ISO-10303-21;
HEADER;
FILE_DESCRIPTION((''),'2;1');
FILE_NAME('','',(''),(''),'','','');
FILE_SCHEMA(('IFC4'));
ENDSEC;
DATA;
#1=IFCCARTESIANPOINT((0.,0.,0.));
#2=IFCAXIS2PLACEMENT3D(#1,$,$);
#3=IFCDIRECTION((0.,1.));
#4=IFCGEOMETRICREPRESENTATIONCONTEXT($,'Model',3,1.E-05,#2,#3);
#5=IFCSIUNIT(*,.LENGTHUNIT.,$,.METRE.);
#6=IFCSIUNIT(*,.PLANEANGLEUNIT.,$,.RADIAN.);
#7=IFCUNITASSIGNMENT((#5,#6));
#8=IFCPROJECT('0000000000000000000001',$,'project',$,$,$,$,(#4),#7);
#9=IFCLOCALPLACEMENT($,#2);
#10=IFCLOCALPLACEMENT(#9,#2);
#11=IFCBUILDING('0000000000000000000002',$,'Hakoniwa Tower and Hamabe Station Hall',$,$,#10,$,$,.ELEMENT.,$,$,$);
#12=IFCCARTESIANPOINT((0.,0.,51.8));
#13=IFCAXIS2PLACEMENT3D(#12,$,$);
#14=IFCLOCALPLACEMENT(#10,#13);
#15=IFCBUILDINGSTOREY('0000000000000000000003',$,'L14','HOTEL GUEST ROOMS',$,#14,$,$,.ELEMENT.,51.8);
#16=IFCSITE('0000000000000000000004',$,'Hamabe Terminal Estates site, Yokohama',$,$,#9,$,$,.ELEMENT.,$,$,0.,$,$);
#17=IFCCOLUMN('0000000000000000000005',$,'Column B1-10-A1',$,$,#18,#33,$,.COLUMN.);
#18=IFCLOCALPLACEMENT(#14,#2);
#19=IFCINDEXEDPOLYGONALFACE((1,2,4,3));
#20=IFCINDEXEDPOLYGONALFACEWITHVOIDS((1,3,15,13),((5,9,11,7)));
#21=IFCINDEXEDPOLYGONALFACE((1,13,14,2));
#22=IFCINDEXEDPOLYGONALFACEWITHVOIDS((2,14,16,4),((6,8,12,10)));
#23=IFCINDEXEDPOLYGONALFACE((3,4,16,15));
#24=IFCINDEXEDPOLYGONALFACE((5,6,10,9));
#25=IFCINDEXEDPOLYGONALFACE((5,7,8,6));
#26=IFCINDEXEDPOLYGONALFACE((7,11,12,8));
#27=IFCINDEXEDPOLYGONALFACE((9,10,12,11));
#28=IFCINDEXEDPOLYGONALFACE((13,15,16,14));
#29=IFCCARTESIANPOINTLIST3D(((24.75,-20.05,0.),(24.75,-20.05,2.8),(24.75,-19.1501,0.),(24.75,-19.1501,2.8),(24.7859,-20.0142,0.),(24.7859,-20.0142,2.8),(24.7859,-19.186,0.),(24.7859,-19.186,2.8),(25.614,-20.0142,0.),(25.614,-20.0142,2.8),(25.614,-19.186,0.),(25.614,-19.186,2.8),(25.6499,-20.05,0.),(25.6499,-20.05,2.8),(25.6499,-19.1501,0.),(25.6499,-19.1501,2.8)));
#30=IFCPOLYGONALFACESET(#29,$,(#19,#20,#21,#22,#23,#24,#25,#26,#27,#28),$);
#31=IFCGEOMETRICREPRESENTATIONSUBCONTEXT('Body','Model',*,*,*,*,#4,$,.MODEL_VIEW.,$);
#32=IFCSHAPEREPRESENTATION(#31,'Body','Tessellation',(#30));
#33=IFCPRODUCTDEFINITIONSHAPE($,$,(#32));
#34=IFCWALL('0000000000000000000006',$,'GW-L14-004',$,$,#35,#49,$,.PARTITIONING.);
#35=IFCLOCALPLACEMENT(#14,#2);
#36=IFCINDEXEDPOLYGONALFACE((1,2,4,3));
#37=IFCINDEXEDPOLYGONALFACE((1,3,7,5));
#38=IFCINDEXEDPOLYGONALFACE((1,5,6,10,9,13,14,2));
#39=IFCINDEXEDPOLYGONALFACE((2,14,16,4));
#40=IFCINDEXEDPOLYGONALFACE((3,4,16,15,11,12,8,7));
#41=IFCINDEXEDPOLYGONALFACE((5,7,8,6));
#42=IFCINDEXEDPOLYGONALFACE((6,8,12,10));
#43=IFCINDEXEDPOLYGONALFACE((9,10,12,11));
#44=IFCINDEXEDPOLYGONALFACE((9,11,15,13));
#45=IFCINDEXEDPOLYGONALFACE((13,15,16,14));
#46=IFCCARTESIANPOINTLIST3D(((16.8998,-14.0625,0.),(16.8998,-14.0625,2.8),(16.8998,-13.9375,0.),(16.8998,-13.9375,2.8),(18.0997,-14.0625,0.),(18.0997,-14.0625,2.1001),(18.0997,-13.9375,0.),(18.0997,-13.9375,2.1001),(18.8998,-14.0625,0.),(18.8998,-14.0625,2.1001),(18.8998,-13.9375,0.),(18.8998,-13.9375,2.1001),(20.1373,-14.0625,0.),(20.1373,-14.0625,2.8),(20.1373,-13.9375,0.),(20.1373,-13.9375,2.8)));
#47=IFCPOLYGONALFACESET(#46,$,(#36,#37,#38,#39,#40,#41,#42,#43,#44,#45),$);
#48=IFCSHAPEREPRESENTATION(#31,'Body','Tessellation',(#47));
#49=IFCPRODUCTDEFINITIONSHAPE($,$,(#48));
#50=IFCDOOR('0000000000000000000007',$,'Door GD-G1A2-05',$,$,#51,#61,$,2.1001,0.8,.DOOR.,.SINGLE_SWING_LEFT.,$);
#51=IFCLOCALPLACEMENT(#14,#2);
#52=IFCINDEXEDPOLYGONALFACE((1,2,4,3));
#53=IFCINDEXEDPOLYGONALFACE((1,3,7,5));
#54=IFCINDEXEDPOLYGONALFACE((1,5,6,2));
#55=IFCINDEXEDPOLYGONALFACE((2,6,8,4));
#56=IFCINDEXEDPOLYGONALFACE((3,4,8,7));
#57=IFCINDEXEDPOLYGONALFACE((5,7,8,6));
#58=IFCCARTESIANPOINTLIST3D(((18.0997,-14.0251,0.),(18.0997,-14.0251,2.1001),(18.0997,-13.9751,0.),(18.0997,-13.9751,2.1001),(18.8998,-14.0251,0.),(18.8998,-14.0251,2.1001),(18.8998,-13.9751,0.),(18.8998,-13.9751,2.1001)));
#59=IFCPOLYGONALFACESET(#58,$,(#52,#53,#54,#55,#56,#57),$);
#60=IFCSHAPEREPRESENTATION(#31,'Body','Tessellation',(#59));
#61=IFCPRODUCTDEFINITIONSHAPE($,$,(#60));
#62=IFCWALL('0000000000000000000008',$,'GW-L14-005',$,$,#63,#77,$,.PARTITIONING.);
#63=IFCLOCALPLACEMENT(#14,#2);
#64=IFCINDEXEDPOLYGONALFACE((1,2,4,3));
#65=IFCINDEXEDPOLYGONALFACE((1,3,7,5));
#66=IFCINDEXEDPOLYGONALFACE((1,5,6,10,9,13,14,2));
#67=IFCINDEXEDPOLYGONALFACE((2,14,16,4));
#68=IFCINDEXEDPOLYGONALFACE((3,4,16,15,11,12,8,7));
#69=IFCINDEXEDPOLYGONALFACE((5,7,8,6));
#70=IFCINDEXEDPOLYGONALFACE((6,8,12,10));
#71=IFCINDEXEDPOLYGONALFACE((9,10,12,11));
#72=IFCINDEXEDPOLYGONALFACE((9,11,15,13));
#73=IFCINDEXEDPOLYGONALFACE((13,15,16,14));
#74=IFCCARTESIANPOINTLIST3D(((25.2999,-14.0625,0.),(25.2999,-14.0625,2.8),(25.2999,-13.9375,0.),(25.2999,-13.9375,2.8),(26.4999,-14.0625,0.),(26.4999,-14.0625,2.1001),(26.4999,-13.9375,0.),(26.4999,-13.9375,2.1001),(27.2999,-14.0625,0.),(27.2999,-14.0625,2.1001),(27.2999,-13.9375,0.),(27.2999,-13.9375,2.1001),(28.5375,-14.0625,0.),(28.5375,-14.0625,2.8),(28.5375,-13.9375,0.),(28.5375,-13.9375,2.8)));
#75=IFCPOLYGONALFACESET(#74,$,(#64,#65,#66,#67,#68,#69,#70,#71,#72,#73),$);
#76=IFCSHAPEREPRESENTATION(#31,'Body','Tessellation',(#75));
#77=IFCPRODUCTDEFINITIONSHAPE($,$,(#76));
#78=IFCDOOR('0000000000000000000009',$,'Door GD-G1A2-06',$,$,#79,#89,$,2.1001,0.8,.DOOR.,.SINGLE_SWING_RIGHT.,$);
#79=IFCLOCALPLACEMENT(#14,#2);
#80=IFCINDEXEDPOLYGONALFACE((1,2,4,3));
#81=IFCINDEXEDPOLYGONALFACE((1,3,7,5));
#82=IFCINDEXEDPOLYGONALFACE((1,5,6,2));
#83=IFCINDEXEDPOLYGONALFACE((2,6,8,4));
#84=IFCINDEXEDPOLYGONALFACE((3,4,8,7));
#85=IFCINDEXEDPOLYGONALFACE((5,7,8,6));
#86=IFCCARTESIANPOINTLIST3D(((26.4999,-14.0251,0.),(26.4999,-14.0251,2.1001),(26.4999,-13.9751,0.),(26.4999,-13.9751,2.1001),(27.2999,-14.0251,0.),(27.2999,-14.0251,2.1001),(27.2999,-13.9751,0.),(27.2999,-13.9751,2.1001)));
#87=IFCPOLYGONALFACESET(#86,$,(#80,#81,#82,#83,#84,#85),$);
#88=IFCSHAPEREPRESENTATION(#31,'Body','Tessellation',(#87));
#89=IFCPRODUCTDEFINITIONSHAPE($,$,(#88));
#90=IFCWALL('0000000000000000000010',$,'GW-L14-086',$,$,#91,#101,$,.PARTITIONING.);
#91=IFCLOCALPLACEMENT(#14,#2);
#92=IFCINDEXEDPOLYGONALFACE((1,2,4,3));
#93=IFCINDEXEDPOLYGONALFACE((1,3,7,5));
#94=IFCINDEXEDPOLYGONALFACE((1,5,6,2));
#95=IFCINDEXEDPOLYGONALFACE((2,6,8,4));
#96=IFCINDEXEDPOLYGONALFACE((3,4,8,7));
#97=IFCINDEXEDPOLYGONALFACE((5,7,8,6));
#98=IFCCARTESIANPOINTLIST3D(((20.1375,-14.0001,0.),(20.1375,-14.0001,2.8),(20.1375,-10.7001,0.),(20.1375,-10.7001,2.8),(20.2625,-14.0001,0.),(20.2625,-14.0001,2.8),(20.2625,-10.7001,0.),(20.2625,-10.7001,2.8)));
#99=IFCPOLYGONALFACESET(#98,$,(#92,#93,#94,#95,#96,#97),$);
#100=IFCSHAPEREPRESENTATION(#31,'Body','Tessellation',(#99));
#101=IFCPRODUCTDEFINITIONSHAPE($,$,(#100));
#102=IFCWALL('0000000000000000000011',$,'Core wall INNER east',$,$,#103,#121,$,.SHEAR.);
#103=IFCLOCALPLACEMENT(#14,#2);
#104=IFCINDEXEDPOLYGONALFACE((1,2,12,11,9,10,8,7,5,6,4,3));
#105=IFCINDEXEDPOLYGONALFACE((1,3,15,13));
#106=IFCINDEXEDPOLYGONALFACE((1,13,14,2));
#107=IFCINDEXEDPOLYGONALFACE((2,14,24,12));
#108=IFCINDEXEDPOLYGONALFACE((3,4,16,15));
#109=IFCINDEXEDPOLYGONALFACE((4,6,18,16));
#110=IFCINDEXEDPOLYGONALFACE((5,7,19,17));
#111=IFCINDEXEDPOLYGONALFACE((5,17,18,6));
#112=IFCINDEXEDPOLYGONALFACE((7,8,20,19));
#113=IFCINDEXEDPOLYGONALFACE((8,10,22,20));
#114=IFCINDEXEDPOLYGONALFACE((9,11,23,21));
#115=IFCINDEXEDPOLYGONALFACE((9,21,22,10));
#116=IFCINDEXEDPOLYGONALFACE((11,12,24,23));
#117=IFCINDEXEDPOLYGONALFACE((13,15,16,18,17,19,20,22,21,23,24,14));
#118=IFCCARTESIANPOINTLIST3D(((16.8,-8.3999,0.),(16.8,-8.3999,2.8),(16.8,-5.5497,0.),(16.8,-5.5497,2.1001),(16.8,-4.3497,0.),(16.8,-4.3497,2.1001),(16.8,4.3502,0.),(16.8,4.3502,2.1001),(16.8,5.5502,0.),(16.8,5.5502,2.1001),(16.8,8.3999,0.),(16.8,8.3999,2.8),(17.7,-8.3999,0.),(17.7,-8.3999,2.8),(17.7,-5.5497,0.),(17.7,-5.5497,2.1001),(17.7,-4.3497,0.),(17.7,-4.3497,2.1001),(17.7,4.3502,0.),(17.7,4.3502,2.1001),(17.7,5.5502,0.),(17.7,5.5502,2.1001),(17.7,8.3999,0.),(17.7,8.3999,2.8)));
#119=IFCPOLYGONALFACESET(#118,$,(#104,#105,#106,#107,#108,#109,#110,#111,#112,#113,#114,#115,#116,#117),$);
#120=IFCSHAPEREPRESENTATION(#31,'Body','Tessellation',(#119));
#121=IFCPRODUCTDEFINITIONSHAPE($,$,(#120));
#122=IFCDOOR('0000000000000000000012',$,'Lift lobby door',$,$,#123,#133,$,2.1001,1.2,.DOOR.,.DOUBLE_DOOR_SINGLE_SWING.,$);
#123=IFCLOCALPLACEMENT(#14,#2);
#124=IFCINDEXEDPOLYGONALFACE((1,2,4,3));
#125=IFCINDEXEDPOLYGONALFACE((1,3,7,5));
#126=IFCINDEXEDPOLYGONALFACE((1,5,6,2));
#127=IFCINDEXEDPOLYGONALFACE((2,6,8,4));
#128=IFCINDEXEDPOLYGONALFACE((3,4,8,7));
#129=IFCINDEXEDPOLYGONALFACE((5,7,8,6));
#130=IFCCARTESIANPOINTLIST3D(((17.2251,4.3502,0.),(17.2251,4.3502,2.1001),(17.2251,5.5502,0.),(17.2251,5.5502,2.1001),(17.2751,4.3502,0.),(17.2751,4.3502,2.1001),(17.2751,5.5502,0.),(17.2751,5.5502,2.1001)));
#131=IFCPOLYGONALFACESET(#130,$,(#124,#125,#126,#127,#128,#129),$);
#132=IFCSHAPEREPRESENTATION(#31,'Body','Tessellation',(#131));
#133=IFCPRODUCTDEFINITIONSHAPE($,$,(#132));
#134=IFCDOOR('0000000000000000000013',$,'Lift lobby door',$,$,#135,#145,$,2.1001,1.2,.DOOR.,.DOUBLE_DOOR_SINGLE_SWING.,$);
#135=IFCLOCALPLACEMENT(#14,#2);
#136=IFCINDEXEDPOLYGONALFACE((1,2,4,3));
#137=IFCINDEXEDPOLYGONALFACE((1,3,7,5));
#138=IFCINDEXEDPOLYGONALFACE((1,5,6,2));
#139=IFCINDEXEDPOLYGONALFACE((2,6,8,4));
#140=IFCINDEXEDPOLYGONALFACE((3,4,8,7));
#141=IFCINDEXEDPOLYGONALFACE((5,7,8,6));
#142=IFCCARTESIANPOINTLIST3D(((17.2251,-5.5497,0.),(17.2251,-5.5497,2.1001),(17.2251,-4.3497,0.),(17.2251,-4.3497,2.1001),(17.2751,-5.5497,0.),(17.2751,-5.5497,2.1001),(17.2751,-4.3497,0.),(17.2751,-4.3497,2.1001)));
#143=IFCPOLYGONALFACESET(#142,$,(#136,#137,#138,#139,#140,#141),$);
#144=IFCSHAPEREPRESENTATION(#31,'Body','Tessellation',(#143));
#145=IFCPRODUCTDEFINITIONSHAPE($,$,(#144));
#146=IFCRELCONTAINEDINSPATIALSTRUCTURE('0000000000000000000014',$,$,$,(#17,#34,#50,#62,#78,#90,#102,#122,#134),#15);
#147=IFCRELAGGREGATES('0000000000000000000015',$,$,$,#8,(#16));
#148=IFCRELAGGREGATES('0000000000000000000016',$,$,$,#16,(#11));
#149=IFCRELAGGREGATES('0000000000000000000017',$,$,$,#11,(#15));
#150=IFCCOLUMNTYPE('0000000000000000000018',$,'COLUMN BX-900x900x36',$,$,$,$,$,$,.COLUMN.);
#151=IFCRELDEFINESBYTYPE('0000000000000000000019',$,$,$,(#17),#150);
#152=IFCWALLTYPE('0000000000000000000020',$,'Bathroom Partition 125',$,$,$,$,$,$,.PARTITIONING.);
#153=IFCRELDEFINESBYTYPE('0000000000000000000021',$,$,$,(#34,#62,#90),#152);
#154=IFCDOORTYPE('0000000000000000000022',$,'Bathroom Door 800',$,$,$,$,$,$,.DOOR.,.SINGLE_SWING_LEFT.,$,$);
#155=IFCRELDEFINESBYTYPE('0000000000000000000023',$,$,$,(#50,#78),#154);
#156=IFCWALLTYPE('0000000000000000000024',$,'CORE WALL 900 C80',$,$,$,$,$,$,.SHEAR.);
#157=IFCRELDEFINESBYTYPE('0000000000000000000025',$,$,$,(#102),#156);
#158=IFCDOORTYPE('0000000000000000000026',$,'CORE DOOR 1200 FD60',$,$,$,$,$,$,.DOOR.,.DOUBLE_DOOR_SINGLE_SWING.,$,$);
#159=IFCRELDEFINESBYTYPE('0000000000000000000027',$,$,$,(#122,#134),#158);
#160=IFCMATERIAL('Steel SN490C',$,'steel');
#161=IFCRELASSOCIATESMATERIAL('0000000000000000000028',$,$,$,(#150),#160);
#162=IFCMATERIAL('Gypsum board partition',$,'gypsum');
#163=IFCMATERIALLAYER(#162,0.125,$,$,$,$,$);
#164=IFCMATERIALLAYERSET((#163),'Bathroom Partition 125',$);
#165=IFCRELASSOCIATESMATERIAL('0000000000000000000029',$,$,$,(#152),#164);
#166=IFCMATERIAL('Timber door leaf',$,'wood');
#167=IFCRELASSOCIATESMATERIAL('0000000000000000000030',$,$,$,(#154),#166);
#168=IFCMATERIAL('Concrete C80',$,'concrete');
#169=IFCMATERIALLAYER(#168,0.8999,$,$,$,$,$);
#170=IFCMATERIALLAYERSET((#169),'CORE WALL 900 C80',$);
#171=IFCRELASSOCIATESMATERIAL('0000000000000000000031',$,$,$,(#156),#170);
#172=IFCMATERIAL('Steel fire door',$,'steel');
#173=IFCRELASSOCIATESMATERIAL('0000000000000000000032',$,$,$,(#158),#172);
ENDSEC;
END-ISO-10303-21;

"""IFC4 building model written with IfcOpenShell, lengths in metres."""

from ifc_helpers import new_model, si_unit, direction, frame, frame_2d, origin, origin_2d, place, context, subcontext, project, spatial, rectangle, hollow_rectangle, extrude, material, layer, layer_set, material_profile, profile_set, type_object, element, fill, save


model = new_model("IFC4")

# Units and contexts
model_context = context("Model", 3, precision=1e-05, world=origin(), true_north=direction((0.0, 1.0)))
body_context = subcontext(model_context, "Body", "Model", "MODEL_VIEW")
ifc_project = project(units=[si_unit("LENGTHUNIT", "METRE"), si_unit("PLANEANGLEUNIT", "RADIAN")], contexts=[model_context])

# Site, building, storey
site_placement = place(None, origin())
site = spatial("IfcSite", under=ifc_project, at=site_placement, Name="Hamabe Terminal Estates site, Yokohama", CompositionType="ELEMENT", RefElevation=0.0)
building_placement = place(site_placement, origin())
building = spatial("IfcBuilding", under=site, at=building_placement, Name="Hakoniwa Tower and Hamabe Station Hall", CompositionType="ELEMENT")
storey_placement = place(building_placement, frame((0.0, 0.0, 51.8)))
storey = spatial("IfcBuildingStorey", under=building, at=storey_placement, Name="L14", Description="HOTEL GUEST ROOMS", CompositionType="ELEMENT", Elevation=51.8)

# Column
ifc_material_1 = material(Name="Steel SN490C", Category="steel")
ifc_material_profile = material_profile(ifc_material_1, hollow_rectangle(XDim=0.8999, YDim=0.8999, WallThickness=0.0359, at=origin_2d()), Name="BX-900x900x36")
ifc_profile_set = profile_set([ifc_material_profile], Name="Steel SN490C")
column_type = type_object("IfcColumnType", Name="COLUMN BX-900x900x36", PredefinedType="COLUMN", material=ifc_profile_set)
column_placement = place(storey_placement, frame((25.2, -19.6001, 0.0), z_axis=(0.0, 0.0, 1.0), x_axis=(1.0, 0.0, 0.0)))
element("IfcColumn", 1, at=column_placement, inside=storey, type_object=column_type, Name="Column B1-10-A1", PredefinedType="COLUMN", context=body_context, shape_type="SweptSolid", body=[
    extrude(hollow_rectangle(XDim=0.8999, YDim=0.8999, WallThickness=0.0359, at=origin_2d()), origin(), (0.0, 0.0, 1.0), 2.8),
])

# Walls, openings, doors
ifc_material_2 = material(Name="Gypsum board partition", Category="gypsum")
ifc_layer_1 = layer(ifc_material_2, 0.125)
ifc_layer_set_1 = layer_set([ifc_layer_1], Name="Bathroom Partition 125")
wall_type_1 = type_object("IfcWallType", Name="Bathroom Partition 125", PredefinedType="PARTITIONING", material=ifc_layer_set_1)
wall_1_placement = place(storey_placement, frame((16.8999, -14.0, 0.0), z_axis=(0.0, 0.0, 1.0), x_axis=(1.0, 0.0, 0.0)))
wall_1 = element("IfcWall", 2, at=wall_1_placement, inside=storey, type_object=wall_type_1, Name="GW-L14-004", PredefinedType="PARTITIONING", context=body_context, shape_type="SweptSolid", body=[
    extrude(rectangle(XDim=3.2375, YDim=0.125, at=frame_2d((1.6187, 0.0))), origin(), (0.0, 0.0, 1.0), 2.8),
])
opening_1_placement = place(wall_1_placement, frame((1.2, 0.0, 0.0)))
opening_1 = element("IfcOpeningElement", 3, at=opening_1_placement, cuts=wall_1, PredefinedType="OPENING", context=body_context, shape_type="SweptSolid", body=[
    extrude(rectangle(XDim=0.8, YDim=2.1001, at=frame_2d((0.3999, 1.05))), frame((0.0, 0.0725, 0.0), z_axis=(0.0, -1.0, 0.0), x_axis=(1.0, 0.0, 0.0)), (0.0, 0.0, 1.0), 0.145),
])
ifc_material_3 = material(Name="Timber door leaf", Category="wood")
door_type_1 = type_object("IfcDoorType", Name="Bathroom Door 800", OperationType="SINGLE_SWING_LEFT", PredefinedType="DOOR", material=ifc_material_3)
door_1_placement = place(opening_1_placement, origin())
door_1 = element("IfcDoor", 4, at=door_1_placement, inside=storey, type_object=door_type_1, Name="Door GD-G1A2-05", OperationType="SINGLE_SWING_LEFT", OverallHeight=2.1001, OverallWidth=0.8, PredefinedType="DOOR", context=body_context, shape_type="SweptSolid", body=[
    extrude(rectangle(XDim=0.8, YDim=2.1001, at=frame_2d((0.3999, 1.05))), frame((0.0, 0.0249, 0.0), z_axis=(0.0, -1.0, 0.0), x_axis=(1.0, 0.0, 0.0)), (0.0, 0.0, 1.0), 0.05),
])
fill(opening_1, door_1)
wall_2_placement = place(storey_placement, frame((25.3, -14.0, 0.0), z_axis=(0.0, 0.0, 1.0), x_axis=(1.0, 0.0, 0.0)))
wall_2 = element("IfcWall", 5, at=wall_2_placement, inside=storey, type_object=wall_type_1, Name="GW-L14-005", PredefinedType="PARTITIONING", context=body_context, shape_type="SweptSolid", body=[
    extrude(rectangle(XDim=3.2375, YDim=0.125, at=frame_2d((1.6187, 0.0))), origin(), (0.0, 0.0, 1.0), 2.8),
])
opening_2_placement = place(wall_2_placement, frame((1.2, 0.0, 0.0)))
opening_2 = element("IfcOpeningElement", 6, at=opening_2_placement, cuts=wall_2, PredefinedType="OPENING", context=body_context, shape_type="SweptSolid", body=[
    extrude(rectangle(XDim=0.8, YDim=2.1001, at=frame_2d((0.3999, 1.05))), frame((0.0, 0.0725, 0.0), z_axis=(0.0, -1.0, 0.0), x_axis=(1.0, 0.0, 0.0)), (0.0, 0.0, 1.0), 0.145),
])
door_2_placement = place(opening_2_placement, origin())
door_2 = element("IfcDoor", 7, at=door_2_placement, inside=storey, type_object=door_type_1, Name="Door GD-G1A2-06", OperationType="SINGLE_SWING_RIGHT", OverallHeight=2.1001, OverallWidth=0.8, PredefinedType="DOOR", context=body_context, shape_type="SweptSolid", body=[
    extrude(rectangle(XDim=0.8, YDim=2.1001, at=frame_2d((0.3999, 1.05))), frame((0.0, 0.0249, 0.0), z_axis=(0.0, -1.0, 0.0), x_axis=(1.0, 0.0, 0.0)), (0.0, 0.0, 1.0), 0.05),
])
fill(opening_2, door_2)

# Wall
wall_3_placement = place(storey_placement, frame((20.2, -14.0, 0.0), z_axis=(0.0, 0.0, 1.0), x_axis=(0.0, 1.0, 0.0)))
element("IfcWall", 8, at=wall_3_placement, inside=storey, type_object=wall_type_1, Name="GW-L14-086", PredefinedType="PARTITIONING", context=body_context, shape_type="SweptSolid", body=[
    extrude(rectangle(XDim=3.3, YDim=0.125, at=frame_2d((1.6499, 0.0))), origin(), (0.0, 0.0, 1.0), 2.8),
])

# Wall, openings, doors
ifc_material_4 = material(Name="Concrete C80", Category="concrete")
ifc_layer_2 = layer(ifc_material_4, 0.8999)
ifc_layer_set_2 = layer_set([ifc_layer_2], Name="CORE WALL 900 C80")
wall_type_2 = type_object("IfcWallType", Name="CORE WALL 900 C80", PredefinedType="SHEAR", material=ifc_layer_set_2)
wall_4_placement = place(storey_placement, frame((17.25, -8.3999, 0.0), z_axis=(0.0, 0.0, 1.0), x_axis=(0.0, 1.0, 0.0)))
wall_4 = element("IfcWall", 9, at=wall_4_placement, inside=storey, type_object=wall_type_2, Name="Core wall INNER east", PredefinedType="SHEAR", context=body_context, shape_type="SweptSolid", body=[
    extrude(rectangle(XDim=16.7998, YDim=0.8999, at=frame_2d((8.3999, 0.0))), origin(), (0.0, 0.0, 1.0), 2.8),
])
opening_3_placement = place(wall_4_placement, frame((12.75, 0.0, 0.0)))
opening_3 = element("IfcOpeningElement", 10, at=opening_3_placement, cuts=wall_4, PredefinedType="OPENING", context=body_context, shape_type="SweptSolid", body=[
    extrude(rectangle(XDim=1.2, YDim=2.1001, at=frame_2d((0.6001, 1.05))), frame((0.0, 0.46, 0.0), z_axis=(0.0, -1.0, 0.0), x_axis=(1.0, 0.0, 0.0)), (0.0, 0.0, 1.0), 0.9199),
])
opening_4_placement = place(wall_4_placement, frame((2.8501, 0.0, 0.0)))
opening_4 = element("IfcOpeningElement", 11, at=opening_4_placement, cuts=wall_4, PredefinedType="OPENING", context=body_context, shape_type="SweptSolid", body=[
    extrude(rectangle(XDim=1.2, YDim=2.1001, at=frame_2d((0.6001, 1.05))), frame((0.0, 0.46, 0.0), z_axis=(0.0, -1.0, 0.0), x_axis=(1.0, 0.0, 0.0)), (0.0, 0.0, 1.0), 0.9199),
])
ifc_material_5 = material(Name="Steel fire door", Category="steel")
door_type_2 = type_object("IfcDoorType", Name="CORE DOOR 1200 FD60", OperationType="DOUBLE_DOOR_SINGLE_SWING", PredefinedType="DOOR", material=ifc_material_5)
door_3_placement = place(opening_3_placement, origin())
door_3 = element("IfcDoor", 12, at=door_3_placement, inside=storey, type_object=door_type_2, Name="Lift lobby door", OperationType="DOUBLE_DOOR_SINGLE_SWING", OverallHeight=2.1001, OverallWidth=1.2, PredefinedType="DOOR", context=body_context, shape_type="SweptSolid", body=[
    extrude(rectangle(XDim=1.2, YDim=2.1001, at=frame_2d((0.6001, 1.05))), frame((0.0, 0.0249, 0.0), z_axis=(0.0, -1.0, 0.0), x_axis=(1.0, 0.0, 0.0)), (0.0, 0.0, 1.0), 0.05),
])
fill(opening_3, door_3)
door_4_placement = place(opening_4_placement, origin())
door_4 = element("IfcDoor", 13, at=door_4_placement, inside=storey, type_object=door_type_2, Name="Lift lobby door", OperationType="DOUBLE_DOOR_SINGLE_SWING", OverallHeight=2.1001, OverallWidth=1.2, PredefinedType="DOOR", context=body_context, shape_type="SweptSolid", body=[
    extrude(rectangle(XDim=1.2, YDim=2.1001, at=frame_2d((0.6001, 1.05))), frame((0.0, 0.0249, 0.0), z_axis=(0.0, -1.0, 0.0), x_axis=(1.0, 0.0, 0.0)), (0.0, 0.0, 1.0), 0.05),
])
fill(opening_4, door_4)

save(model, "model.ifc")
